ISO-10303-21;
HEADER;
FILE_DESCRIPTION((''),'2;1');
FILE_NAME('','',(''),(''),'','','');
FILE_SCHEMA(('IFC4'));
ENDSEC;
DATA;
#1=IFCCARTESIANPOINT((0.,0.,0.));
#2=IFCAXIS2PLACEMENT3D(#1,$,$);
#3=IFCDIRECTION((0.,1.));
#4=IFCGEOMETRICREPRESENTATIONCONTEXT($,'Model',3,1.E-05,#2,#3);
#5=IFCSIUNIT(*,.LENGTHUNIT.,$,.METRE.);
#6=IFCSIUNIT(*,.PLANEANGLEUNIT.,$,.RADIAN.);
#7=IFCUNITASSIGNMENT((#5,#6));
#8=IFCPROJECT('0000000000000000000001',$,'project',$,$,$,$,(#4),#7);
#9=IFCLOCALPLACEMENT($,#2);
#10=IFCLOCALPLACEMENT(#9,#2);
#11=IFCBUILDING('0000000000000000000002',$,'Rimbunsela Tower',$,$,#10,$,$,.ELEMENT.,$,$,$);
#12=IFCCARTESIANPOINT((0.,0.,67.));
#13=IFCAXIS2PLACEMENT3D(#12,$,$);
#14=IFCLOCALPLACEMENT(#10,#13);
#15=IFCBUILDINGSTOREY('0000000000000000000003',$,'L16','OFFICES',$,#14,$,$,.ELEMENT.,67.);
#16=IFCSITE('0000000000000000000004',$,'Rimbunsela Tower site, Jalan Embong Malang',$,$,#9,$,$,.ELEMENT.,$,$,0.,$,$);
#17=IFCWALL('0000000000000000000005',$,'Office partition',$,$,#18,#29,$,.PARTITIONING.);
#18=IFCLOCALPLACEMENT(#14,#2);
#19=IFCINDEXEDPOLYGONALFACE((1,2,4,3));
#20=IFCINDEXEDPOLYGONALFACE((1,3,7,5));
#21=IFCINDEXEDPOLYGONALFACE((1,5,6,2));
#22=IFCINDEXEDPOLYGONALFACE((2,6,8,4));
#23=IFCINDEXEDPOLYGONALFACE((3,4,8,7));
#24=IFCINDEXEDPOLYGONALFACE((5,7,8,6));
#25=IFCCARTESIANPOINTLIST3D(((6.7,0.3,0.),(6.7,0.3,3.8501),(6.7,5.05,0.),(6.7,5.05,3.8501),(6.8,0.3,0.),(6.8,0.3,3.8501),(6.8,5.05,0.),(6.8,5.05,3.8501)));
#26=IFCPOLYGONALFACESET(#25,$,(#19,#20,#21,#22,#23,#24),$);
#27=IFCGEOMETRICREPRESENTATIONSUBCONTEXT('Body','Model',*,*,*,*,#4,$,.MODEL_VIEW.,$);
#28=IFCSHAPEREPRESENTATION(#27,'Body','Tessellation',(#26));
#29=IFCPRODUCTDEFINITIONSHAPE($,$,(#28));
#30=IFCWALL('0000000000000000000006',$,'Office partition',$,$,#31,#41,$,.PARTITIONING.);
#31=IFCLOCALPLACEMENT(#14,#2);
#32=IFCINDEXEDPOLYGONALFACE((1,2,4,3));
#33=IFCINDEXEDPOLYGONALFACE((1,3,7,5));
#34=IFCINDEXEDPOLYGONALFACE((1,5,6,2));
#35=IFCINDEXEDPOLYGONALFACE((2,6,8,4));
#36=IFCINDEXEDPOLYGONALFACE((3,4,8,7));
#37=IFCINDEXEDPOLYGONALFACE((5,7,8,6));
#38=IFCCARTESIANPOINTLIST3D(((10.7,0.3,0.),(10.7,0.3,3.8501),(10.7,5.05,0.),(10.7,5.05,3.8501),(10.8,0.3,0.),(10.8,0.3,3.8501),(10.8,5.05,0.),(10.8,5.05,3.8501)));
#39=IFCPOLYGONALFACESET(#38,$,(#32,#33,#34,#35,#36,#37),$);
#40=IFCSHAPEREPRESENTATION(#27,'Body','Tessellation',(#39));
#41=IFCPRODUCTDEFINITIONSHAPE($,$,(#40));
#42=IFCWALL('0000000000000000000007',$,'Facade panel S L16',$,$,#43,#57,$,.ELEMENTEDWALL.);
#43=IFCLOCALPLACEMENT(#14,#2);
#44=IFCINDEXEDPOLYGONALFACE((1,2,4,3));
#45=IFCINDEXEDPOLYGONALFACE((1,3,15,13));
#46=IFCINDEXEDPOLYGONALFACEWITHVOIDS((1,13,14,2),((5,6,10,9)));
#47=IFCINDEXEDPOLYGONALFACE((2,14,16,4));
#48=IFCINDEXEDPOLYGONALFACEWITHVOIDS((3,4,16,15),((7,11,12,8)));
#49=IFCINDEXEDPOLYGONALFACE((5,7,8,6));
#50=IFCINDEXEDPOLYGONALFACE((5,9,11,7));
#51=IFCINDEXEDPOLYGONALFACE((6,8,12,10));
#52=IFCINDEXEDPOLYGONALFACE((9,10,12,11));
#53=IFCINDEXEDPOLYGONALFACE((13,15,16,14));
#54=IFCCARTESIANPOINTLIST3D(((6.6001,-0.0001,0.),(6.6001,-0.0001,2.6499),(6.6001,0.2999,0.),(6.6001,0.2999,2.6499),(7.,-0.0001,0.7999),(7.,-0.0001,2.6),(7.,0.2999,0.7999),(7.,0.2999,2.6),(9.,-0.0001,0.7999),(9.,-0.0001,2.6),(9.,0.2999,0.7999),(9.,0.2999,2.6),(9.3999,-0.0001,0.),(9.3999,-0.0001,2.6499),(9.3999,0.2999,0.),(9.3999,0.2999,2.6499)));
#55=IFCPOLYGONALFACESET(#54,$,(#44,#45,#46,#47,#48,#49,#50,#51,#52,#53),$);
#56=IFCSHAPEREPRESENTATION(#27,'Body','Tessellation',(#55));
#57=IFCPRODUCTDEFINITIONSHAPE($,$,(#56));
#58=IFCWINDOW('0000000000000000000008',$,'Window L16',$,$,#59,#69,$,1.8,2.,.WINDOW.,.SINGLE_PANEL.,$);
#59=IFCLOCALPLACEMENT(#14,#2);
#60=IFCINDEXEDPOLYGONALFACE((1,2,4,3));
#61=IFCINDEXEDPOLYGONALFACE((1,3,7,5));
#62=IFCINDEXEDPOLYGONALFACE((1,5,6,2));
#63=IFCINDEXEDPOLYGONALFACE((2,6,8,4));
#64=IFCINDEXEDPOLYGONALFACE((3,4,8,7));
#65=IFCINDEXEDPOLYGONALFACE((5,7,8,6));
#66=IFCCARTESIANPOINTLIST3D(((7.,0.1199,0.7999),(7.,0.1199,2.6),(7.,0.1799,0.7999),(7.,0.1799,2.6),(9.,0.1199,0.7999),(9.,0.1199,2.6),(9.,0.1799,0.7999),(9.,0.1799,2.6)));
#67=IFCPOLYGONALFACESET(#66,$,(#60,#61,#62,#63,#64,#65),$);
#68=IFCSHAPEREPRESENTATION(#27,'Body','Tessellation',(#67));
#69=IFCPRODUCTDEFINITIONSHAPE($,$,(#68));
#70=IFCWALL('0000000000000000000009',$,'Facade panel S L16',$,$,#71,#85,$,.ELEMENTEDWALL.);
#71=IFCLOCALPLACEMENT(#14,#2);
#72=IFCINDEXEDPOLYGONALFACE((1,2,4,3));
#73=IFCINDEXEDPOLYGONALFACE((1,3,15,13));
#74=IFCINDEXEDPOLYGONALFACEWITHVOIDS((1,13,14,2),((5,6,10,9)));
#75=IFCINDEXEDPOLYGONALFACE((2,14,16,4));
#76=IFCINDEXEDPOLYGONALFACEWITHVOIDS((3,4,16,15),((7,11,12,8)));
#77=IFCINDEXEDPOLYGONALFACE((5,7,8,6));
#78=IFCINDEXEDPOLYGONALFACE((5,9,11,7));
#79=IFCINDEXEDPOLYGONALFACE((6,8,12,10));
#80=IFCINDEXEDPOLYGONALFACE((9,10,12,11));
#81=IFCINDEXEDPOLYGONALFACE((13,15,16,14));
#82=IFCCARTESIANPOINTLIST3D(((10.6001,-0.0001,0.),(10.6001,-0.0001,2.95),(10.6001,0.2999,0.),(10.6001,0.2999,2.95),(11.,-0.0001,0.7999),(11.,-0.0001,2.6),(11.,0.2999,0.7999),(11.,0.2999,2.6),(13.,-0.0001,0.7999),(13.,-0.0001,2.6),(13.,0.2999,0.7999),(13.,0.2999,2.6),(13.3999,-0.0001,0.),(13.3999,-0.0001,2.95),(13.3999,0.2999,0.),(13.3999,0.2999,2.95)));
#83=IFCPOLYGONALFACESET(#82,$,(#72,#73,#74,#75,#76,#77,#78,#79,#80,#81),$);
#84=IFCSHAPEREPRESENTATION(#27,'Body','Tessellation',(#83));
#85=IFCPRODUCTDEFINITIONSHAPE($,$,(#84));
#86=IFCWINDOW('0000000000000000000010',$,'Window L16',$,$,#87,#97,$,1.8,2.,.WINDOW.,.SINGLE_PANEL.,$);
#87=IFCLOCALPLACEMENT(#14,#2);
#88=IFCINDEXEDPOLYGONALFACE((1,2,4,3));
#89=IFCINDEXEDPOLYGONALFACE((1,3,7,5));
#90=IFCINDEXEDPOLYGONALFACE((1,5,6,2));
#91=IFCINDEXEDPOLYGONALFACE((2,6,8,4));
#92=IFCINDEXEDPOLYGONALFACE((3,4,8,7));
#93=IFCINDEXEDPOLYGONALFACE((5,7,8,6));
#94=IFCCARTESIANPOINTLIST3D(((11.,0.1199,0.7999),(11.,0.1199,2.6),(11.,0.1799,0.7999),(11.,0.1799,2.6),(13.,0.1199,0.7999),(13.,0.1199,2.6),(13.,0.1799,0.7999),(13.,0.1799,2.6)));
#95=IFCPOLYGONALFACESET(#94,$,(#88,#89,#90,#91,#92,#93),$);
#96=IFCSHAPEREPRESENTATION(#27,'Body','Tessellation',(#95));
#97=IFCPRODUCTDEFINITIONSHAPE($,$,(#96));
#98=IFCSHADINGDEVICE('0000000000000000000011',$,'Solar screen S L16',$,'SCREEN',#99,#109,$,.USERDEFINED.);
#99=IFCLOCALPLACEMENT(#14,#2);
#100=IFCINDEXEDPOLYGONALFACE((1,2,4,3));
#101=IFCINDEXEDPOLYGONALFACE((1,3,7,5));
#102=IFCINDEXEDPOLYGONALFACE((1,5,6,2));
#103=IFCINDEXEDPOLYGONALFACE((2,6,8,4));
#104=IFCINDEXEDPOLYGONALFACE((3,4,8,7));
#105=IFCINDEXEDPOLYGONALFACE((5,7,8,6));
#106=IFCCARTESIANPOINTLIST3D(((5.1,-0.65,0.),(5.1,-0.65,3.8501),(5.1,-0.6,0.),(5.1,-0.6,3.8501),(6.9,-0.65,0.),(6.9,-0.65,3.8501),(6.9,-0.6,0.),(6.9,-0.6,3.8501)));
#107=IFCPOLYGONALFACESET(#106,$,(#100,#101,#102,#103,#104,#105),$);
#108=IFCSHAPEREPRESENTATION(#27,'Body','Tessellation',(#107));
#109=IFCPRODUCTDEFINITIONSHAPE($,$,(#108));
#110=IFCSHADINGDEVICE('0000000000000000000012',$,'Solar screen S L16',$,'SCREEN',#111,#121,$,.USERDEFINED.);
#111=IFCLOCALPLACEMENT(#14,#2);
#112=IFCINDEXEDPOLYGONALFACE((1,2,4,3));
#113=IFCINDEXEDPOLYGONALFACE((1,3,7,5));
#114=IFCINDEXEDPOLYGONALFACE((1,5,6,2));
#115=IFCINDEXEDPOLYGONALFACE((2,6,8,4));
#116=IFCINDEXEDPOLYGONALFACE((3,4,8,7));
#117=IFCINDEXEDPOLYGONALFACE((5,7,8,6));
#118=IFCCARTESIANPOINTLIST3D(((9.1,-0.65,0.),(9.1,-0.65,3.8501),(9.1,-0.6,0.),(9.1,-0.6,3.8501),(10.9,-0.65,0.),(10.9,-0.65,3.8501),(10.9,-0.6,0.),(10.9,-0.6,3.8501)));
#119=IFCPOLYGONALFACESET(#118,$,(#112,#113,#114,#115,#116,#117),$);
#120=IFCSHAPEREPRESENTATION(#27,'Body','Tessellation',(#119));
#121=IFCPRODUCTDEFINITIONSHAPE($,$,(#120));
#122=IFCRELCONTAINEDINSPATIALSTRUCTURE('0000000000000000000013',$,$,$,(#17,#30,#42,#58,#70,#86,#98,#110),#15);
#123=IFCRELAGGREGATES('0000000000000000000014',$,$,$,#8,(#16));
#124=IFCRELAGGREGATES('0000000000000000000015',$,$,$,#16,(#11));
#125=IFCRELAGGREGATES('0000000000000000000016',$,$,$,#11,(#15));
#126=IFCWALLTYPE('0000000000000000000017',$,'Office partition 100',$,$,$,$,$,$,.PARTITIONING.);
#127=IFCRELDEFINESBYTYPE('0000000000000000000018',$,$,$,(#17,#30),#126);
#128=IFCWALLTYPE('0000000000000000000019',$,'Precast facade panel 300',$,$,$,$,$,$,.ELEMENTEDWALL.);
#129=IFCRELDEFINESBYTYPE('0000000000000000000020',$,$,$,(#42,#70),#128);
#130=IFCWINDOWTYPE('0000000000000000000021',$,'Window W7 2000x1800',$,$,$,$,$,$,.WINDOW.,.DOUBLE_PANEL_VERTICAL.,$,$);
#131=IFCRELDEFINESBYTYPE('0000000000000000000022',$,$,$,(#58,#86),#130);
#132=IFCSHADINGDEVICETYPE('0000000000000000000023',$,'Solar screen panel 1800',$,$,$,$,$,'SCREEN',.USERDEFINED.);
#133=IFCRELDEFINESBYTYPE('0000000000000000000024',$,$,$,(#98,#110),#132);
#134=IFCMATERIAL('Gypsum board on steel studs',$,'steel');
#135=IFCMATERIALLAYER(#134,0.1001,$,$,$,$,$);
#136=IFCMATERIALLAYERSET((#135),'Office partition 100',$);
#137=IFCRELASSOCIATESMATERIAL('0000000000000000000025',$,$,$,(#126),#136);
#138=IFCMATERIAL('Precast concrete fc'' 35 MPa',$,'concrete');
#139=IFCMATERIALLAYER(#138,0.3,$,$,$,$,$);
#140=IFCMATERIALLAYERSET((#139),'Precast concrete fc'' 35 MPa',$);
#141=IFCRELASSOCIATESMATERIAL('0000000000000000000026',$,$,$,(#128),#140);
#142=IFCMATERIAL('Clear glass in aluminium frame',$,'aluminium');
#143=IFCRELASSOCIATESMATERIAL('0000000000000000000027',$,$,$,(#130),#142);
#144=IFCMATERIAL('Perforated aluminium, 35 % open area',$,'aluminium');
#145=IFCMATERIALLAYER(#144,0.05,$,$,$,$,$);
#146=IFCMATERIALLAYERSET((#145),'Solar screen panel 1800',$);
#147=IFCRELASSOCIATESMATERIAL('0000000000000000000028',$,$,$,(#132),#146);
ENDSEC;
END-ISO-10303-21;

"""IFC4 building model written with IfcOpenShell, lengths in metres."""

from ifc_helpers import new_model, si_unit, direction, frame, frame_2d, origin, origin_2d, place, context, subcontext, project, spatial, rectangle, extrude, material, layer, layer_set, type_object, element, fill, save


model = new_model("IFC4")

# Units and contexts
model_context = context("Model", 3, precision=1e-05, world=origin(), true_north=direction((0.0, 1.0)))
body_context = subcontext(model_context, "Body", "Model", "MODEL_VIEW")
ifc_project = project(units=[si_unit("LENGTHUNIT", "METRE"), si_unit("PLANEANGLEUNIT", "RADIAN")], contexts=[model_context])

# Site, building, storey
site_placement = place(None, origin())
site = spatial("IfcSite", under=ifc_project, at=site_placement, Name="Rimbunsela Tower site, Jalan Embong Malang", CompositionType="ELEMENT", RefElevation=0.0)
building_placement = place(site_placement, origin())
building = spatial("IfcBuilding", under=site, at=building_placement, Name="Rimbunsela Tower", CompositionType="ELEMENT")
storey_placement = place(building_placement, frame((0.0, 0.0, 67.0)))
storey = spatial("IfcBuildingStorey", under=building, at=storey_placement, Name="L16", Description="OFFICES", CompositionType="ELEMENT", Elevation=67.0)

# Shared definitions
ifc_material_1 = material(Name="Gypsum board on steel studs", Category="steel")
ifc_layer_1 = layer(ifc_material_1, 0.1001)
ifc_layer_set_1 = layer_set([ifc_layer_1], Name="Office partition 100")
wall_type_1 = type_object("IfcWallType", Name="Office partition 100", PredefinedType="PARTITIONING", material=ifc_layer_set_1)

# Walls
for number, where, z_axis, x_axis, name in (
    (1, (6.75, 0.3, 0.0), (0.0, 0.0, 1.0), (0.0, 1.0, 0.0), "Office partition"),
    (2, (10.75, 0.3, 0.0), (0.0, 0.0, 1.0), (0.0, 1.0, 0.0), "Office partition"),
):
    element("IfcWall", number, at=place(storey_placement, frame(where, z_axis=z_axis, x_axis=x_axis)), inside=storey, type_object=wall_type_1, Name=name, PredefinedType="PARTITIONING", context=body_context, shape_type="SweptSolid", body=[
        extrude(rectangle(XDim=4.75, YDim=0.1001, at=frame_2d((2.375, 0.0))), origin(), (0.0, 0.0, 1.0), 3.8501),
    ])

# Walls, openings, windows
ifc_material_2 = material(Name="Precast concrete fc' 35 MPa", Category="concrete")
ifc_layer_2 = layer(ifc_material_2, 0.3)
ifc_layer_set_2 = layer_set([ifc_layer_2], Name="Precast concrete fc' 35 MPa")
wall_type_2 = type_object("IfcWallType", Name="Precast facade panel 300", PredefinedType="ELEMENTEDWALL", material=ifc_layer_set_2)
wall_1_placement = place(storey_placement, frame((6.6001, 0.1499, 0.0), z_axis=(0.0, 0.0, 1.0), x_axis=(1.0, 0.0, 0.0)))
wall_1 = element("IfcWall", 3, at=wall_1_placement, inside=storey, type_object=wall_type_2, Name="Facade panel S L16", PredefinedType="ELEMENTEDWALL", context=body_context, shape_type="SweptSolid", body=[
    extrude(rectangle(XDim=2.7998, YDim=0.3, at=frame_2d((1.3999, 0.0))), origin(), (0.0, 0.0, 1.0), 2.6499),
])
opening_1_placement = place(wall_1_placement, frame((0.3999, 0.0, 0.8)))
opening_1 = element("IfcOpeningElement", 4, at=opening_1_placement, cuts=wall_1, PredefinedType="OPENING", context=body_context, shape_type="SweptSolid", body=[
    extrude(rectangle(XDim=2.0, YDim=1.8, at=frame_2d((1.0, 0.8999))), frame((0.0, 0.1599, 0.0), z_axis=(0.0, -1.0, 0.0), x_axis=(1.0, 0.0, 0.0)), (0.0, 0.0, 1.0), 0.3201),
])
ifc_material_3 = material(Name="Clear glass in aluminium frame", Category="aluminium")
window_type = type_object("IfcWindowType", Name="Window W7 2000x1800", PartitioningType="DOUBLE_PANEL_VERTICAL", PredefinedType="WINDOW", material=ifc_material_3)
window_1_placement = place(opening_1_placement, origin())
window_1 = element("IfcWindow", 5, at=window_1_placement, inside=storey, type_object=window_type, Name="Window L16", OverallHeight=1.8, OverallWidth=2.0, PartitioningType="SINGLE_PANEL", PredefinedType="WINDOW", context=body_context, shape_type="SweptSolid", body=[
    extrude(rectangle(XDim=2.0, YDim=1.8, at=frame_2d((1.0, 0.8999))), frame((0.0, 0.03, 0.0), z_axis=(0.0, -1.0, 0.0), x_axis=(1.0, 0.0, 0.0)), (0.0, 0.0, 1.0), 0.0601),
])
fill(opening_1, window_1)
wall_2_placement = place(storey_placement, frame((10.6001, 0.1499, 0.0), z_axis=(0.0, 0.0, 1.0), x_axis=(1.0, 0.0, 0.0)))
wall_2 = element("IfcWall", 6, at=wall_2_placement, inside=storey, type_object=wall_type_2, Name="Facade panel S L16", PredefinedType="ELEMENTEDWALL", context=body_context, shape_type="SweptSolid", body=[
    extrude(rectangle(XDim=2.7998, YDim=0.3, at=frame_2d((1.3999, 0.0))), origin(), (0.0, 0.0, 1.0), 2.95),
])
opening_2_placement = place(wall_2_placement, frame((0.3999, 0.0, 0.8)))
opening_2 = element("IfcOpeningElement", 7, at=opening_2_placement, cuts=wall_2, PredefinedType="OPENING", context=body_context, shape_type="SweptSolid", body=[
    extrude(rectangle(XDim=2.0, YDim=1.8, at=frame_2d((1.0, 0.8999))), frame((0.0, 0.1599, 0.0), z_axis=(0.0, -1.0, 0.0), x_axis=(1.0, 0.0, 0.0)), (0.0, 0.0, 1.0), 0.3201),
])
window_2_placement = place(opening_2_placement, origin())
window_2 = element("IfcWindow", 8, at=window_2_placement, inside=storey, type_object=window_type, Name="Window L16", OverallHeight=1.8, OverallWidth=2.0, PartitioningType="SINGLE_PANEL", PredefinedType="WINDOW", context=body_context, shape_type="SweptSolid", body=[
    extrude(rectangle(XDim=2.0, YDim=1.8, at=frame_2d((1.0, 0.8999))), frame((0.0, 0.03, 0.0), z_axis=(0.0, -1.0, 0.0), x_axis=(1.0, 0.0, 0.0)), (0.0, 0.0, 1.0), 0.0601),
])
fill(opening_2, window_2)

# Shading devices
ifc_material_4 = material(Name="Perforated aluminium, 35 % open area", Category="aluminium")
ifc_layer_3 = layer(ifc_material_4, 0.05)
ifc_layer_set_3 = layer_set([ifc_layer_3], Name="Solar screen panel 1800")
shading_device_type = type_object("IfcShadingDeviceType", Name="Solar screen panel 1800", ElementType="SCREEN", PredefinedType="USERDEFINED", material=ifc_layer_set_3)
for number, where, z_axis, x_axis, name in (
    (9, (6.0, -0.625, 0.0), (0.0, 0.0, 1.0), (1.0, 0.0, 0.0), "Solar screen S L16"),
    (10, (10.0, -0.625, 0.0), (0.0, 0.0, 1.0), (1.0, 0.0, 0.0), "Solar screen S L16"),
):
    element("IfcShadingDevice", number, at=place(storey_placement, frame(where, z_axis=z_axis, x_axis=x_axis)), inside=storey, type_object=shading_device_type, Name=name, ObjectType="SCREEN", PredefinedType="USERDEFINED", context=body_context, shape_type="SweptSolid", body=[
        extrude(rectangle(XDim=1.8, YDim=0.05, at=origin_2d()), origin(), (0.0, 0.0, 1.0), 3.8501),
    ])

save(model, "model.ifc")
